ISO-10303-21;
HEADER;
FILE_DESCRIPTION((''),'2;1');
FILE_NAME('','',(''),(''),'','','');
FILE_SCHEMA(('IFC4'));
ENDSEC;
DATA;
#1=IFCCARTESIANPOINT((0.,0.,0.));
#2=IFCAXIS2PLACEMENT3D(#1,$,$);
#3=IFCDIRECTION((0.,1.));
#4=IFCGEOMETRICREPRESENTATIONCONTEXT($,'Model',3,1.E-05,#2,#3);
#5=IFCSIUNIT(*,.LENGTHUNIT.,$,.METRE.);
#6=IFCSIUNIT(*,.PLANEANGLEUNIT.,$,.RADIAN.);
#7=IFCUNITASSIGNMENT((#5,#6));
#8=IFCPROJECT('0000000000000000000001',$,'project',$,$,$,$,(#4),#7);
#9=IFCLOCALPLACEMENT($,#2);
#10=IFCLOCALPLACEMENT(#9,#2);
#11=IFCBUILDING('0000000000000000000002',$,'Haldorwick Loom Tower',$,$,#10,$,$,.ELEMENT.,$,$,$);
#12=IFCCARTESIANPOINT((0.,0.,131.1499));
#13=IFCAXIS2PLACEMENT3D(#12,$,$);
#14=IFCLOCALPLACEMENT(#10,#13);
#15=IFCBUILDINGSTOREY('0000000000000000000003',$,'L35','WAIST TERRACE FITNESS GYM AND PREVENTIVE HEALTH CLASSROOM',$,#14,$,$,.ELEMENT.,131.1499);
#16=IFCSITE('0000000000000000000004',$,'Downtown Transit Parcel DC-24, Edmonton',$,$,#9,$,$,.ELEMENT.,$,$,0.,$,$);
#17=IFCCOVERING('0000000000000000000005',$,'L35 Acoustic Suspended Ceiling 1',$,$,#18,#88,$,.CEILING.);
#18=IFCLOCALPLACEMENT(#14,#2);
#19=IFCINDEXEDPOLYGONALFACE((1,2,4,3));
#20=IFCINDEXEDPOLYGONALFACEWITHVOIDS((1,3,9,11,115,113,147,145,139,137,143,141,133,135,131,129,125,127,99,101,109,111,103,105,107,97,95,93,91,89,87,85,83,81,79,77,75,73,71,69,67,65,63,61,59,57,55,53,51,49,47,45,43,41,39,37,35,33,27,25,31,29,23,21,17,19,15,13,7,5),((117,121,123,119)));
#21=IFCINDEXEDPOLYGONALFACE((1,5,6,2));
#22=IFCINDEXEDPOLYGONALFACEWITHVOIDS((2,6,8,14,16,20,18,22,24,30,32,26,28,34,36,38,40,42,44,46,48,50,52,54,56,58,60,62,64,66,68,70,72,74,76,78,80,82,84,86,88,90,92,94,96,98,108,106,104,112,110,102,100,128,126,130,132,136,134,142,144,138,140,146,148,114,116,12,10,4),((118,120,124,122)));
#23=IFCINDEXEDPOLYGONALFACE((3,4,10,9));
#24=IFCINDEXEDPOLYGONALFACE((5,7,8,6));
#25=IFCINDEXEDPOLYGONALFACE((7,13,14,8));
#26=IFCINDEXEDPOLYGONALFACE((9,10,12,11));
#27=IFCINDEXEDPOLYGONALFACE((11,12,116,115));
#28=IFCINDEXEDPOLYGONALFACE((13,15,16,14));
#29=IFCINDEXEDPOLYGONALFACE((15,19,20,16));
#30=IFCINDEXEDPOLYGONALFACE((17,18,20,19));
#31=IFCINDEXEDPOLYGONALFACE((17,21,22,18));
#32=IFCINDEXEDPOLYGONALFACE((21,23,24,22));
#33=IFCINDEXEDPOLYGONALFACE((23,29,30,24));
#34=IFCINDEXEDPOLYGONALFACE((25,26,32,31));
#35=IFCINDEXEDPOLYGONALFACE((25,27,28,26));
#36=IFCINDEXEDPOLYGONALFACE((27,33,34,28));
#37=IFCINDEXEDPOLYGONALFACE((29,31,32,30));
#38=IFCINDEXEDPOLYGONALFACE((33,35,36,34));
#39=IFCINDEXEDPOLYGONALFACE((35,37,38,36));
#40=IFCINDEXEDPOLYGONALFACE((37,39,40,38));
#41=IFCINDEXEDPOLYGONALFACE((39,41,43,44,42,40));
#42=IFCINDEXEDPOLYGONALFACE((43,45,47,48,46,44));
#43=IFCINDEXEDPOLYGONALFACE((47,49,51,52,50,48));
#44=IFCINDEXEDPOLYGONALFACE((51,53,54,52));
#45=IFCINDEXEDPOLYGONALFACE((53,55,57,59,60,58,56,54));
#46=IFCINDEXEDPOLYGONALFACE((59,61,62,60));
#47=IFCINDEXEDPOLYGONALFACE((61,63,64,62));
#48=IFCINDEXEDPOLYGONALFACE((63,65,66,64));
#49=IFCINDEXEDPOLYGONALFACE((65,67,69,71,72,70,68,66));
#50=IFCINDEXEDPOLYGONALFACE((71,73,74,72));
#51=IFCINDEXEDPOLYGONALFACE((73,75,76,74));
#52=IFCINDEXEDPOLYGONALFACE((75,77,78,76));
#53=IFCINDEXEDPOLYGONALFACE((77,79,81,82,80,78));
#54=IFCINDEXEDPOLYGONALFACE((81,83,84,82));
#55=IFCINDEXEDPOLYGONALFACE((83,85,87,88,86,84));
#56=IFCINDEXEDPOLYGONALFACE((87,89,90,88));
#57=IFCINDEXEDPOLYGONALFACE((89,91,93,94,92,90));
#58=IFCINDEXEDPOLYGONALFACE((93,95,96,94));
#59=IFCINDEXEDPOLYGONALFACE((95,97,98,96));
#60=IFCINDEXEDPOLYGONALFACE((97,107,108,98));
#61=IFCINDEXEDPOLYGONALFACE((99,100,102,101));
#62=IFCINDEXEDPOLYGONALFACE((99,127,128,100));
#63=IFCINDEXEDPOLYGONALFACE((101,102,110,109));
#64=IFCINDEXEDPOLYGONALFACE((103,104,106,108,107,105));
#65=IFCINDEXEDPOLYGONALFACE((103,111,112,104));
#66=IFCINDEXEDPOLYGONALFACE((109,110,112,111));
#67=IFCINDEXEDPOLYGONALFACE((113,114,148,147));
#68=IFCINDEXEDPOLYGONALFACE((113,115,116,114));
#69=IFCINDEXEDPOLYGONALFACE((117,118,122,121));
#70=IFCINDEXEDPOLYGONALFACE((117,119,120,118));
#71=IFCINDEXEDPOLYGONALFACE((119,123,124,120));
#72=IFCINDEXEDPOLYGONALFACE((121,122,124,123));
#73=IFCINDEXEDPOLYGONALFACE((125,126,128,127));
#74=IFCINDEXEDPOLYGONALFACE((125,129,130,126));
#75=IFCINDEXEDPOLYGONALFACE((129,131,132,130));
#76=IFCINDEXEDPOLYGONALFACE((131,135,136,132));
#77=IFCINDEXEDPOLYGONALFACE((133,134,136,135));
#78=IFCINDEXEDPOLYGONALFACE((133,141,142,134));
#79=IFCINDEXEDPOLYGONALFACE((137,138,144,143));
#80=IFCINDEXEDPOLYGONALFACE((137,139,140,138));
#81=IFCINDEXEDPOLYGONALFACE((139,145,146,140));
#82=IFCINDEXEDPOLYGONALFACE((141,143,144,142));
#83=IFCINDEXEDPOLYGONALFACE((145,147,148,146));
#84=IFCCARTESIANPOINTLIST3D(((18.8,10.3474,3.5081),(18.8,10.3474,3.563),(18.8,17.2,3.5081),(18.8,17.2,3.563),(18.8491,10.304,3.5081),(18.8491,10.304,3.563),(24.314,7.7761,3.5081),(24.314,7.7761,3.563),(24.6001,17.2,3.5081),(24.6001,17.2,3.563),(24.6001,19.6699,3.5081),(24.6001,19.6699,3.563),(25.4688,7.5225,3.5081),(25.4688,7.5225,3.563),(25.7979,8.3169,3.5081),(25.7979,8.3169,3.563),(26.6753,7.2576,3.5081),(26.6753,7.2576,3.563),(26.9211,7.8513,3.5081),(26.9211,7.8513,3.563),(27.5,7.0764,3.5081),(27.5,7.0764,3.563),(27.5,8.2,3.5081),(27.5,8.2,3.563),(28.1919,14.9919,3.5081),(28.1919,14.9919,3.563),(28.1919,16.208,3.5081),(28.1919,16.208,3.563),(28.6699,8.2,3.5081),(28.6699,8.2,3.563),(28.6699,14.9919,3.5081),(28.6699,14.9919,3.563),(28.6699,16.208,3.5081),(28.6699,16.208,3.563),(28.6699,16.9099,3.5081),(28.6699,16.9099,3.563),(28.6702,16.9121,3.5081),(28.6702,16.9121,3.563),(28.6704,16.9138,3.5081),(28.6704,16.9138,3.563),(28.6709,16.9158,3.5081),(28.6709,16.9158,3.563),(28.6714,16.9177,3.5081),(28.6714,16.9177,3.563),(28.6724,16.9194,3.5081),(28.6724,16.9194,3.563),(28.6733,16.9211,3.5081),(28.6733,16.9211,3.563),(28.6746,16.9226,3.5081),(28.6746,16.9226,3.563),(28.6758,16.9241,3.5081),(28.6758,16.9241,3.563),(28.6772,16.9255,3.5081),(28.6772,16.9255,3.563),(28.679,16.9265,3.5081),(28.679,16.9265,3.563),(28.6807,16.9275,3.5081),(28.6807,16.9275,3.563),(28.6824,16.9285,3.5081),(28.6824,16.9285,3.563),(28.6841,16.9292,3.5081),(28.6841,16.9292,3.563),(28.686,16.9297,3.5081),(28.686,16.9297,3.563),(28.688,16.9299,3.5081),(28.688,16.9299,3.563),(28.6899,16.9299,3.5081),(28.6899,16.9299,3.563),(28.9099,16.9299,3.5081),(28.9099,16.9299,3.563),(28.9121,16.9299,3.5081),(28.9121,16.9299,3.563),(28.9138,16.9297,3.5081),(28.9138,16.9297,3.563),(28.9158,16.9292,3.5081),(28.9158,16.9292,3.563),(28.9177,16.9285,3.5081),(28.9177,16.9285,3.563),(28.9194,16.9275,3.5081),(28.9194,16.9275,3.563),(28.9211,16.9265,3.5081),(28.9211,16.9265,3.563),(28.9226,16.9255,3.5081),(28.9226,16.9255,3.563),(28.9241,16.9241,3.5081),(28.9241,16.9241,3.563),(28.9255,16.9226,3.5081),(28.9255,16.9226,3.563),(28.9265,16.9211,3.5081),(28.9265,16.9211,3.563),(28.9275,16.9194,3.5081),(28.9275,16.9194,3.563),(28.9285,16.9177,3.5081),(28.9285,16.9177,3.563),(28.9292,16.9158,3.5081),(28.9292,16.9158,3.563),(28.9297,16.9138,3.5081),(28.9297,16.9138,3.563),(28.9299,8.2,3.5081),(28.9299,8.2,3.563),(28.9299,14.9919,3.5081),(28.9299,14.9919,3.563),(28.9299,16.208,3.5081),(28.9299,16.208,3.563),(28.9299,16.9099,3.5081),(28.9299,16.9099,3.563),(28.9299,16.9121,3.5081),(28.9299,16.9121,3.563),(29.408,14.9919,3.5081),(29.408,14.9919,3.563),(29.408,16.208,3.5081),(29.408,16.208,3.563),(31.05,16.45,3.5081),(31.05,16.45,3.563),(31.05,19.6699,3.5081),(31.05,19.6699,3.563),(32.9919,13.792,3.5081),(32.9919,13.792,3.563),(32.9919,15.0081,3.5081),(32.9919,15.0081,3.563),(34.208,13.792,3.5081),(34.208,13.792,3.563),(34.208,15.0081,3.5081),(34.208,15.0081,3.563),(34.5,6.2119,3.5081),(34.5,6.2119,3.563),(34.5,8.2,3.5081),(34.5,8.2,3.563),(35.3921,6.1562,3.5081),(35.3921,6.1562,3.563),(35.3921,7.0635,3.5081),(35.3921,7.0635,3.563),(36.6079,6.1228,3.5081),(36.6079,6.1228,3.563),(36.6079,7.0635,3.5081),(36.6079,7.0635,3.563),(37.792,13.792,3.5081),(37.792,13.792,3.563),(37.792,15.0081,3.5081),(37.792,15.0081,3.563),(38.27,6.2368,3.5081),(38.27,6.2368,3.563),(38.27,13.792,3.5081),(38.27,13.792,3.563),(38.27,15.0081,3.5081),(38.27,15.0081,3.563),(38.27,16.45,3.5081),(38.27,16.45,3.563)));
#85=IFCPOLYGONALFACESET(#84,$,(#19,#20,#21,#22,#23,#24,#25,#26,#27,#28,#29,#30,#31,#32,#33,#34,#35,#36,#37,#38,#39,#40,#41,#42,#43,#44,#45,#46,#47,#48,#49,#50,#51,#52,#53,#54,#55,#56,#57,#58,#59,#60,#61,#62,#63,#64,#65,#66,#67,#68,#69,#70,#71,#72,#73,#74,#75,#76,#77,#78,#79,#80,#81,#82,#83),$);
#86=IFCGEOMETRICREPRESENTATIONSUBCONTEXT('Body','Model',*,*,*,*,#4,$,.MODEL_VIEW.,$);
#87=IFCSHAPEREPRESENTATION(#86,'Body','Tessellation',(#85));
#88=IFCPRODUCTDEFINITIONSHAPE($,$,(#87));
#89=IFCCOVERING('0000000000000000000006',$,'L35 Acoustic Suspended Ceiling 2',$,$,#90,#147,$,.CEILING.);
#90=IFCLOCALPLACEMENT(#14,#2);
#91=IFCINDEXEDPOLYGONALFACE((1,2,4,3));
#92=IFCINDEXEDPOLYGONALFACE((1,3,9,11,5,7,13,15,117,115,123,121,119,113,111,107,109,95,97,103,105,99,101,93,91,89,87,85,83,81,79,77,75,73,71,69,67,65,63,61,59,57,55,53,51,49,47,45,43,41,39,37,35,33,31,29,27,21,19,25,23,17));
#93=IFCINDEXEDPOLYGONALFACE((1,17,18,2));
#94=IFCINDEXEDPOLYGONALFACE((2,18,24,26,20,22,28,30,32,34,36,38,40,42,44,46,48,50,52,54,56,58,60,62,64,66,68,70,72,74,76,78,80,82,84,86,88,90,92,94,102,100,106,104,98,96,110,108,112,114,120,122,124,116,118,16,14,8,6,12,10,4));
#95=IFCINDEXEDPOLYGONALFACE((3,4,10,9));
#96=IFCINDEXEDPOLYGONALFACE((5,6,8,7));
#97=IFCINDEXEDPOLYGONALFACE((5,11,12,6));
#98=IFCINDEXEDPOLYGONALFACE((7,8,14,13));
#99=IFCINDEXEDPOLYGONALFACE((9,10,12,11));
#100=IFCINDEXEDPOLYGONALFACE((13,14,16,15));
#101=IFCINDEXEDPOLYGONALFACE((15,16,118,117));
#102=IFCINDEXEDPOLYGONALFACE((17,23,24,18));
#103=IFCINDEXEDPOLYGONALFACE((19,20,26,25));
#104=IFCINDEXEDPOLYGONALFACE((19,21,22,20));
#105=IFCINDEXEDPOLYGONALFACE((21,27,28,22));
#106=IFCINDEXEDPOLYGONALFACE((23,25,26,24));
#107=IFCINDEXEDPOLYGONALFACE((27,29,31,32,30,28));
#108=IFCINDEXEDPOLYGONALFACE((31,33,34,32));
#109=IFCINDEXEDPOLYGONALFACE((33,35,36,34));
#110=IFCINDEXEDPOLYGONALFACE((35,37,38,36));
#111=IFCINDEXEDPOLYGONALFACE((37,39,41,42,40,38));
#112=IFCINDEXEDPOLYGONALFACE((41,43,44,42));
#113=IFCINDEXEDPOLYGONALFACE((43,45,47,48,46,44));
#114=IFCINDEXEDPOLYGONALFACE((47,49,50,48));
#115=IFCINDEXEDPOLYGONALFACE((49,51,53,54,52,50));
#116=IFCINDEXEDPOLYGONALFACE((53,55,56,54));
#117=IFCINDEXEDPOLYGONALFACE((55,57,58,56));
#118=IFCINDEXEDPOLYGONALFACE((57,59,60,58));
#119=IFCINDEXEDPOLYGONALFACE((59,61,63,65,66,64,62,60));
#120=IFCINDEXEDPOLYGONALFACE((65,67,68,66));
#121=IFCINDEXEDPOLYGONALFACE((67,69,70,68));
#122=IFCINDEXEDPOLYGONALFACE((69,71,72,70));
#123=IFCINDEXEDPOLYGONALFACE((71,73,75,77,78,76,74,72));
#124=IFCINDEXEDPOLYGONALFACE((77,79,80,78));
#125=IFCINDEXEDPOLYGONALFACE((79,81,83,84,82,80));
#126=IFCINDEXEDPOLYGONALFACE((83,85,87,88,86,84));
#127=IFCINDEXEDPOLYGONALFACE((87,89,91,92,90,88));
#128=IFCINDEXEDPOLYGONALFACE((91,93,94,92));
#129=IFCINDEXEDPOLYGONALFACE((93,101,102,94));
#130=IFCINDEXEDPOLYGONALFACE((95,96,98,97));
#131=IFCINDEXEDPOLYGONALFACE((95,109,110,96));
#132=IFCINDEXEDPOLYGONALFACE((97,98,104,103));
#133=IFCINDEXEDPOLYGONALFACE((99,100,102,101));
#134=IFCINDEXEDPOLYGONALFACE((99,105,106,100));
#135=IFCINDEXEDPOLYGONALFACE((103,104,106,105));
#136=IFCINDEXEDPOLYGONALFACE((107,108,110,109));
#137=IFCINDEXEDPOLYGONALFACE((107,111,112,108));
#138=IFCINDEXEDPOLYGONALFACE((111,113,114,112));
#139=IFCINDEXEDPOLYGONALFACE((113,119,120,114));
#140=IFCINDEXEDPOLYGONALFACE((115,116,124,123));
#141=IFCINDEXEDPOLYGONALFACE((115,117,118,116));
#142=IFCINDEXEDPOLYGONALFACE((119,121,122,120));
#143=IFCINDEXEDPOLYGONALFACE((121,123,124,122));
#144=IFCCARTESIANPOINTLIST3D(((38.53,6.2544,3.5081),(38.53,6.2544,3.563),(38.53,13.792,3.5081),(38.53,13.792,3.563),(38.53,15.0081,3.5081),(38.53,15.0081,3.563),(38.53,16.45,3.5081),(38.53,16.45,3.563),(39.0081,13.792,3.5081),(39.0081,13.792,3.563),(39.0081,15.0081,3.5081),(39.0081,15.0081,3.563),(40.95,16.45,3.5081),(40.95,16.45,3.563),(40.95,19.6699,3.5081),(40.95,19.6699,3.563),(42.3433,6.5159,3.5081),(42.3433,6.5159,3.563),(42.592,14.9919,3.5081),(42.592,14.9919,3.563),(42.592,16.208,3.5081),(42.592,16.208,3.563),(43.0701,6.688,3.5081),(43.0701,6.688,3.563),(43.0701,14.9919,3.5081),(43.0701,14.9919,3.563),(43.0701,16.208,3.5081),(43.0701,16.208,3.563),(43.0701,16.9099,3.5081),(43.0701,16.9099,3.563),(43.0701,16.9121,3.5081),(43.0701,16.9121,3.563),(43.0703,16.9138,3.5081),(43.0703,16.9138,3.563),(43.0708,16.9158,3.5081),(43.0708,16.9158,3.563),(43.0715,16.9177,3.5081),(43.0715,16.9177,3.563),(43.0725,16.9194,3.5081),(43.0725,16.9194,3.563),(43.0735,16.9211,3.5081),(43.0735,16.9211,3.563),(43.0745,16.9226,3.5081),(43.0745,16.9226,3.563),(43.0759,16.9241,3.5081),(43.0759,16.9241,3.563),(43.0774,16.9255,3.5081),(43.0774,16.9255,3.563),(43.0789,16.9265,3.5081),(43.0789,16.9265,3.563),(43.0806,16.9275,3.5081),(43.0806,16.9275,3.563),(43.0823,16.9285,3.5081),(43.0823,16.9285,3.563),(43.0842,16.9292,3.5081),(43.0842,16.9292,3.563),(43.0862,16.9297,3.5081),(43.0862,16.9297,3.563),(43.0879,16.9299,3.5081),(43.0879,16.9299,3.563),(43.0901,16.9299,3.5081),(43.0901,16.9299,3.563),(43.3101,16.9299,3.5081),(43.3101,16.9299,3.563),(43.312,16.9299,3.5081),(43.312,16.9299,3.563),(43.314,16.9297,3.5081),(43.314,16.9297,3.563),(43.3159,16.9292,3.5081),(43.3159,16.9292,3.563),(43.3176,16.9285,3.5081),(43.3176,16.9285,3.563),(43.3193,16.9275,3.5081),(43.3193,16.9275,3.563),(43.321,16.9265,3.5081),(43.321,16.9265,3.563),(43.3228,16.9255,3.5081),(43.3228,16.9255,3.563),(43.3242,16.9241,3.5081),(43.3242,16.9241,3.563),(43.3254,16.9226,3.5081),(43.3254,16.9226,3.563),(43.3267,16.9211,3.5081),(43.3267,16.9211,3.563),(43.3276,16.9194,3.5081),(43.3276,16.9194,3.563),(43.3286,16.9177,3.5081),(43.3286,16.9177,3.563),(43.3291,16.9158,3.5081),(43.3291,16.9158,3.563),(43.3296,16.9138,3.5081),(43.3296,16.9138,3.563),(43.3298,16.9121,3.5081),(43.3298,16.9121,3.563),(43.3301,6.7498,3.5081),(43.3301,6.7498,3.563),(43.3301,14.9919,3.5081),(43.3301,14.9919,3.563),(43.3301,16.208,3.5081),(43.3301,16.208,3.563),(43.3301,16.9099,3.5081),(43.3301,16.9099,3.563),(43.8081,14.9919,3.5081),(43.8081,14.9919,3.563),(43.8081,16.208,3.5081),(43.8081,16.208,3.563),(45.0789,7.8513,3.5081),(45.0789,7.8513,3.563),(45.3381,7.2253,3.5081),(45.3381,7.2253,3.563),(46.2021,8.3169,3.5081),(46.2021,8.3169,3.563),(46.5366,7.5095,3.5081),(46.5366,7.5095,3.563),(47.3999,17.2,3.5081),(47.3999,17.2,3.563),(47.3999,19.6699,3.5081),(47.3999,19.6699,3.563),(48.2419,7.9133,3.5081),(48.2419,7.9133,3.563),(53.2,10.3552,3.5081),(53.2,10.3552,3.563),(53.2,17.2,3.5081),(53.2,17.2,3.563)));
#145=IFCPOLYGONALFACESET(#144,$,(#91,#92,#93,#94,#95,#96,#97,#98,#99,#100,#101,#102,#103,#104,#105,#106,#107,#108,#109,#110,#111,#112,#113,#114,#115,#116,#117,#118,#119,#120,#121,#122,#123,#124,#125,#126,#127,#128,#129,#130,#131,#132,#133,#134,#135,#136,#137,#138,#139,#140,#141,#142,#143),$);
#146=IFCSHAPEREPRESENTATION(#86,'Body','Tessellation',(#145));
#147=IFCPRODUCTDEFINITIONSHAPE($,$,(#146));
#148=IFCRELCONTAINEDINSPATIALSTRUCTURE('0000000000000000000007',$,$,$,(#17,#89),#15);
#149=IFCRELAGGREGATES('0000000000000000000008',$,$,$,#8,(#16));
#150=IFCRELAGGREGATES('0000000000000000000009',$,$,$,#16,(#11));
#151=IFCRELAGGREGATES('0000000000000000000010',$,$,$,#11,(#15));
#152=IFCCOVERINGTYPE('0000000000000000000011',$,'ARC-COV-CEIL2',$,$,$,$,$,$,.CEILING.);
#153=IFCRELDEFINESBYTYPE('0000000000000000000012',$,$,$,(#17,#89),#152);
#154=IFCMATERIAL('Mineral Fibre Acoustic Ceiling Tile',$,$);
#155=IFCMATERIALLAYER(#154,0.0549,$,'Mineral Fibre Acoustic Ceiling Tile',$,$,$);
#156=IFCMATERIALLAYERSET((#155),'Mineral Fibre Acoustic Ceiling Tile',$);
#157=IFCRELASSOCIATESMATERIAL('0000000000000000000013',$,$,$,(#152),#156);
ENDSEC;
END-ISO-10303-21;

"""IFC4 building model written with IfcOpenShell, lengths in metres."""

from ifc_helpers import new_model, si_unit, direction, frame, origin, place, context, subcontext, project, spatial, polyline, outline, extrude, material, layer, layer_set, type_object, element, save


model = new_model("IFC4")

# Units and contexts
model_context = context("Model", 3, precision=1e-05, world=origin(), true_north=direction((0.0, 1.0)))
body_context = subcontext(model_context, "Body", "Model", "MODEL_VIEW")
ifc_project = project(units=[si_unit("LENGTHUNIT", "METRE"), si_unit("PLANEANGLEUNIT", "RADIAN")], contexts=[model_context])

# Site, building, storey
site_placement = place(None, origin())
site = spatial("IfcSite", under=ifc_project, at=site_placement, Name="Downtown Transit Parcel DC-24, Edmonton", CompositionType="ELEMENT", RefElevation=0.0)
building_placement = place(site_placement, origin())
building = spatial("IfcBuilding", under=site, at=building_placement, Name="Haldorwick Loom Tower", CompositionType="ELEMENT")
storey_placement = place(building_placement, frame((0.0, 0.0, 131.1499)))
storey = spatial("IfcBuildingStorey", under=building, at=storey_placement, Name="L35", Description="WAIST TERRACE FITNESS GYM AND PREVENTIVE HEALTH CLASSROOM", CompositionType="ELEMENT", Elevation=131.1499)

# Coverings
ifc_material_1 = material(Name="Mineral Fibre Acoustic Ceiling Tile")
ifc_layer_1 = layer(ifc_material_1, 0.0549, Name="Mineral Fibre Acoustic Ceiling Tile")
ifc_layer_set_1 = layer_set([ifc_layer_1], Name="Mineral Fibre Acoustic Ceiling Tile")
covering_type_1 = type_object("IfcCoveringType", Name="ARC-COV-CEIL2", PredefinedType="CEILING", material=ifc_layer_set_1)
covering_1_placement = place(storey_placement, frame((0.0, 0.0, 3.5081)))
element("IfcCovering", 1, at=covering_1_placement, inside=storey, type_object=covering_type_1, Name="L35 Acoustic Suspended Ceiling 1", PredefinedType="CEILING", context=body_context, shape_type="SweptSolid", body=[
    extrude(outline(polyline([(38.27, 6.2368), (38.27, 13.792), (37.792, 13.792), (37.792, 15.0081), (38.27, 15.0081), (38.27, 16.45), (31.05, 16.45), (31.05, 19.6699), (24.6001, 19.6699), (24.6001, 17.2), (18.8, 17.2), (18.8, 10.3474), (18.8491, 10.304), (24.314, 7.7761), (25.4688, 7.5225), (25.7979, 8.3169), (26.9211, 7.8513), (26.6753, 7.2576), (27.5, 7.0764), (27.5, 8.2), (28.6699, 8.2), (28.6699, 14.9919), (28.1919, 14.9919), (28.1919, 16.208), (28.6699, 16.208), (28.6699, 16.9099), (28.6702, 16.9121), (28.6704, 16.9138), (28.6709, 16.9158), (28.6714, 16.9177), (28.6724, 16.9194), (28.6733, 16.9211), (28.6746, 16.9226), (28.6758, 16.9241), (28.6772, 16.9255), (28.679, 16.9265), (28.6807, 16.9275), (28.6824, 16.9285), (28.6841, 16.9292), (28.686, 16.9297), (28.688, 16.9299), (28.6899, 16.9299), (28.9099, 16.9299), (28.9121, 16.9299), (28.9138, 16.9297), (28.9158, 16.9292), (28.9177, 16.9285), (28.9194, 16.9275), (28.9211, 16.9265), (28.9226, 16.9255), (28.9241, 16.9241), (28.9255, 16.9226), (28.9265, 16.9211), (28.9275, 16.9194), (28.9285, 16.9177), (28.9292, 16.9158), (28.9297, 16.9138), (28.9299, 16.9121), (28.9299, 16.9099), (28.9299, 16.208), (29.408, 16.208), (29.408, 14.9919), (28.9299, 14.9919), (28.9299, 8.2), (34.5, 8.2), (34.5, 6.2119), (35.3921, 6.1562), (35.3921, 7.0635), (36.6079, 7.0635), (36.6079, 6.1228), (38.27, 6.2368)]), holes=[polyline([(34.208, 15.0081), (34.208, 13.792), (32.9919, 13.792), (32.9919, 15.0081), (34.208, 15.0081)])]), origin(), (0.0, 0.0, 1.0), 0.0549),
])
covering_2_placement = place(storey_placement, frame((0.0, 0.0, 3.5081)))
element("IfcCovering", 2, at=covering_2_placement, inside=storey, type_object=covering_type_1, Name="L35 Acoustic Suspended Ceiling 2", PredefinedType="CEILING", context=body_context, shape_type="SweptSolid", body=[
    extrude(outline(polyline([(53.2, 10.3552), (53.2, 17.2), (47.3999, 17.2), (47.3999, 19.6699), (40.95, 19.6699), (40.95, 16.45), (38.53, 16.45), (38.53, 15.0081), (39.0081, 15.0081), (39.0081, 13.792), (38.53, 13.792), (38.53, 6.2544), (42.3433, 6.5159), (43.0701, 6.688), (43.0701, 14.9919), (42.592, 14.9919), (42.592, 16.208), (43.0701, 16.208), (43.0701, 16.9099), (43.0701, 16.9121), (43.0703, 16.9138), (43.0708, 16.9158), (43.0715, 16.9177), (43.0725, 16.9194), (43.0735, 16.9211), (43.0745, 16.9226), (43.0759, 16.9241), (43.0774, 16.9255), (43.0789, 16.9265), (43.0806, 16.9275), (43.0823, 16.9285), (43.0842, 16.9292), (43.0862, 16.9297), (43.0879, 16.9299), (43.0901, 16.9299), (43.3101, 16.9299), (43.312, 16.9299), (43.314, 16.9297), (43.3159, 16.9292), (43.3176, 16.9285), (43.3193, 16.9275), (43.321, 16.9265), (43.3228, 16.9255), (43.3242, 16.9241), (43.3254, 16.9226), (43.3267, 16.9211), (43.3276, 16.9194), (43.3286, 16.9177), (43.3291, 16.9158), (43.3296, 16.9138), (43.3298, 16.9121), (43.3301, 16.9099), (43.3301, 16.208), (43.8081, 16.208), (43.8081, 14.9919), (43.3301, 14.9919), (43.3301, 6.7498), (45.3381, 7.2253), (45.0789, 7.8513), (46.2021, 8.3169), (46.5366, 7.5095), (48.2419, 7.9133), (53.2, 10.3552)])), origin(), (0.0, 0.0, 1.0), 0.0549),
])

save(model, "model.ifc")
